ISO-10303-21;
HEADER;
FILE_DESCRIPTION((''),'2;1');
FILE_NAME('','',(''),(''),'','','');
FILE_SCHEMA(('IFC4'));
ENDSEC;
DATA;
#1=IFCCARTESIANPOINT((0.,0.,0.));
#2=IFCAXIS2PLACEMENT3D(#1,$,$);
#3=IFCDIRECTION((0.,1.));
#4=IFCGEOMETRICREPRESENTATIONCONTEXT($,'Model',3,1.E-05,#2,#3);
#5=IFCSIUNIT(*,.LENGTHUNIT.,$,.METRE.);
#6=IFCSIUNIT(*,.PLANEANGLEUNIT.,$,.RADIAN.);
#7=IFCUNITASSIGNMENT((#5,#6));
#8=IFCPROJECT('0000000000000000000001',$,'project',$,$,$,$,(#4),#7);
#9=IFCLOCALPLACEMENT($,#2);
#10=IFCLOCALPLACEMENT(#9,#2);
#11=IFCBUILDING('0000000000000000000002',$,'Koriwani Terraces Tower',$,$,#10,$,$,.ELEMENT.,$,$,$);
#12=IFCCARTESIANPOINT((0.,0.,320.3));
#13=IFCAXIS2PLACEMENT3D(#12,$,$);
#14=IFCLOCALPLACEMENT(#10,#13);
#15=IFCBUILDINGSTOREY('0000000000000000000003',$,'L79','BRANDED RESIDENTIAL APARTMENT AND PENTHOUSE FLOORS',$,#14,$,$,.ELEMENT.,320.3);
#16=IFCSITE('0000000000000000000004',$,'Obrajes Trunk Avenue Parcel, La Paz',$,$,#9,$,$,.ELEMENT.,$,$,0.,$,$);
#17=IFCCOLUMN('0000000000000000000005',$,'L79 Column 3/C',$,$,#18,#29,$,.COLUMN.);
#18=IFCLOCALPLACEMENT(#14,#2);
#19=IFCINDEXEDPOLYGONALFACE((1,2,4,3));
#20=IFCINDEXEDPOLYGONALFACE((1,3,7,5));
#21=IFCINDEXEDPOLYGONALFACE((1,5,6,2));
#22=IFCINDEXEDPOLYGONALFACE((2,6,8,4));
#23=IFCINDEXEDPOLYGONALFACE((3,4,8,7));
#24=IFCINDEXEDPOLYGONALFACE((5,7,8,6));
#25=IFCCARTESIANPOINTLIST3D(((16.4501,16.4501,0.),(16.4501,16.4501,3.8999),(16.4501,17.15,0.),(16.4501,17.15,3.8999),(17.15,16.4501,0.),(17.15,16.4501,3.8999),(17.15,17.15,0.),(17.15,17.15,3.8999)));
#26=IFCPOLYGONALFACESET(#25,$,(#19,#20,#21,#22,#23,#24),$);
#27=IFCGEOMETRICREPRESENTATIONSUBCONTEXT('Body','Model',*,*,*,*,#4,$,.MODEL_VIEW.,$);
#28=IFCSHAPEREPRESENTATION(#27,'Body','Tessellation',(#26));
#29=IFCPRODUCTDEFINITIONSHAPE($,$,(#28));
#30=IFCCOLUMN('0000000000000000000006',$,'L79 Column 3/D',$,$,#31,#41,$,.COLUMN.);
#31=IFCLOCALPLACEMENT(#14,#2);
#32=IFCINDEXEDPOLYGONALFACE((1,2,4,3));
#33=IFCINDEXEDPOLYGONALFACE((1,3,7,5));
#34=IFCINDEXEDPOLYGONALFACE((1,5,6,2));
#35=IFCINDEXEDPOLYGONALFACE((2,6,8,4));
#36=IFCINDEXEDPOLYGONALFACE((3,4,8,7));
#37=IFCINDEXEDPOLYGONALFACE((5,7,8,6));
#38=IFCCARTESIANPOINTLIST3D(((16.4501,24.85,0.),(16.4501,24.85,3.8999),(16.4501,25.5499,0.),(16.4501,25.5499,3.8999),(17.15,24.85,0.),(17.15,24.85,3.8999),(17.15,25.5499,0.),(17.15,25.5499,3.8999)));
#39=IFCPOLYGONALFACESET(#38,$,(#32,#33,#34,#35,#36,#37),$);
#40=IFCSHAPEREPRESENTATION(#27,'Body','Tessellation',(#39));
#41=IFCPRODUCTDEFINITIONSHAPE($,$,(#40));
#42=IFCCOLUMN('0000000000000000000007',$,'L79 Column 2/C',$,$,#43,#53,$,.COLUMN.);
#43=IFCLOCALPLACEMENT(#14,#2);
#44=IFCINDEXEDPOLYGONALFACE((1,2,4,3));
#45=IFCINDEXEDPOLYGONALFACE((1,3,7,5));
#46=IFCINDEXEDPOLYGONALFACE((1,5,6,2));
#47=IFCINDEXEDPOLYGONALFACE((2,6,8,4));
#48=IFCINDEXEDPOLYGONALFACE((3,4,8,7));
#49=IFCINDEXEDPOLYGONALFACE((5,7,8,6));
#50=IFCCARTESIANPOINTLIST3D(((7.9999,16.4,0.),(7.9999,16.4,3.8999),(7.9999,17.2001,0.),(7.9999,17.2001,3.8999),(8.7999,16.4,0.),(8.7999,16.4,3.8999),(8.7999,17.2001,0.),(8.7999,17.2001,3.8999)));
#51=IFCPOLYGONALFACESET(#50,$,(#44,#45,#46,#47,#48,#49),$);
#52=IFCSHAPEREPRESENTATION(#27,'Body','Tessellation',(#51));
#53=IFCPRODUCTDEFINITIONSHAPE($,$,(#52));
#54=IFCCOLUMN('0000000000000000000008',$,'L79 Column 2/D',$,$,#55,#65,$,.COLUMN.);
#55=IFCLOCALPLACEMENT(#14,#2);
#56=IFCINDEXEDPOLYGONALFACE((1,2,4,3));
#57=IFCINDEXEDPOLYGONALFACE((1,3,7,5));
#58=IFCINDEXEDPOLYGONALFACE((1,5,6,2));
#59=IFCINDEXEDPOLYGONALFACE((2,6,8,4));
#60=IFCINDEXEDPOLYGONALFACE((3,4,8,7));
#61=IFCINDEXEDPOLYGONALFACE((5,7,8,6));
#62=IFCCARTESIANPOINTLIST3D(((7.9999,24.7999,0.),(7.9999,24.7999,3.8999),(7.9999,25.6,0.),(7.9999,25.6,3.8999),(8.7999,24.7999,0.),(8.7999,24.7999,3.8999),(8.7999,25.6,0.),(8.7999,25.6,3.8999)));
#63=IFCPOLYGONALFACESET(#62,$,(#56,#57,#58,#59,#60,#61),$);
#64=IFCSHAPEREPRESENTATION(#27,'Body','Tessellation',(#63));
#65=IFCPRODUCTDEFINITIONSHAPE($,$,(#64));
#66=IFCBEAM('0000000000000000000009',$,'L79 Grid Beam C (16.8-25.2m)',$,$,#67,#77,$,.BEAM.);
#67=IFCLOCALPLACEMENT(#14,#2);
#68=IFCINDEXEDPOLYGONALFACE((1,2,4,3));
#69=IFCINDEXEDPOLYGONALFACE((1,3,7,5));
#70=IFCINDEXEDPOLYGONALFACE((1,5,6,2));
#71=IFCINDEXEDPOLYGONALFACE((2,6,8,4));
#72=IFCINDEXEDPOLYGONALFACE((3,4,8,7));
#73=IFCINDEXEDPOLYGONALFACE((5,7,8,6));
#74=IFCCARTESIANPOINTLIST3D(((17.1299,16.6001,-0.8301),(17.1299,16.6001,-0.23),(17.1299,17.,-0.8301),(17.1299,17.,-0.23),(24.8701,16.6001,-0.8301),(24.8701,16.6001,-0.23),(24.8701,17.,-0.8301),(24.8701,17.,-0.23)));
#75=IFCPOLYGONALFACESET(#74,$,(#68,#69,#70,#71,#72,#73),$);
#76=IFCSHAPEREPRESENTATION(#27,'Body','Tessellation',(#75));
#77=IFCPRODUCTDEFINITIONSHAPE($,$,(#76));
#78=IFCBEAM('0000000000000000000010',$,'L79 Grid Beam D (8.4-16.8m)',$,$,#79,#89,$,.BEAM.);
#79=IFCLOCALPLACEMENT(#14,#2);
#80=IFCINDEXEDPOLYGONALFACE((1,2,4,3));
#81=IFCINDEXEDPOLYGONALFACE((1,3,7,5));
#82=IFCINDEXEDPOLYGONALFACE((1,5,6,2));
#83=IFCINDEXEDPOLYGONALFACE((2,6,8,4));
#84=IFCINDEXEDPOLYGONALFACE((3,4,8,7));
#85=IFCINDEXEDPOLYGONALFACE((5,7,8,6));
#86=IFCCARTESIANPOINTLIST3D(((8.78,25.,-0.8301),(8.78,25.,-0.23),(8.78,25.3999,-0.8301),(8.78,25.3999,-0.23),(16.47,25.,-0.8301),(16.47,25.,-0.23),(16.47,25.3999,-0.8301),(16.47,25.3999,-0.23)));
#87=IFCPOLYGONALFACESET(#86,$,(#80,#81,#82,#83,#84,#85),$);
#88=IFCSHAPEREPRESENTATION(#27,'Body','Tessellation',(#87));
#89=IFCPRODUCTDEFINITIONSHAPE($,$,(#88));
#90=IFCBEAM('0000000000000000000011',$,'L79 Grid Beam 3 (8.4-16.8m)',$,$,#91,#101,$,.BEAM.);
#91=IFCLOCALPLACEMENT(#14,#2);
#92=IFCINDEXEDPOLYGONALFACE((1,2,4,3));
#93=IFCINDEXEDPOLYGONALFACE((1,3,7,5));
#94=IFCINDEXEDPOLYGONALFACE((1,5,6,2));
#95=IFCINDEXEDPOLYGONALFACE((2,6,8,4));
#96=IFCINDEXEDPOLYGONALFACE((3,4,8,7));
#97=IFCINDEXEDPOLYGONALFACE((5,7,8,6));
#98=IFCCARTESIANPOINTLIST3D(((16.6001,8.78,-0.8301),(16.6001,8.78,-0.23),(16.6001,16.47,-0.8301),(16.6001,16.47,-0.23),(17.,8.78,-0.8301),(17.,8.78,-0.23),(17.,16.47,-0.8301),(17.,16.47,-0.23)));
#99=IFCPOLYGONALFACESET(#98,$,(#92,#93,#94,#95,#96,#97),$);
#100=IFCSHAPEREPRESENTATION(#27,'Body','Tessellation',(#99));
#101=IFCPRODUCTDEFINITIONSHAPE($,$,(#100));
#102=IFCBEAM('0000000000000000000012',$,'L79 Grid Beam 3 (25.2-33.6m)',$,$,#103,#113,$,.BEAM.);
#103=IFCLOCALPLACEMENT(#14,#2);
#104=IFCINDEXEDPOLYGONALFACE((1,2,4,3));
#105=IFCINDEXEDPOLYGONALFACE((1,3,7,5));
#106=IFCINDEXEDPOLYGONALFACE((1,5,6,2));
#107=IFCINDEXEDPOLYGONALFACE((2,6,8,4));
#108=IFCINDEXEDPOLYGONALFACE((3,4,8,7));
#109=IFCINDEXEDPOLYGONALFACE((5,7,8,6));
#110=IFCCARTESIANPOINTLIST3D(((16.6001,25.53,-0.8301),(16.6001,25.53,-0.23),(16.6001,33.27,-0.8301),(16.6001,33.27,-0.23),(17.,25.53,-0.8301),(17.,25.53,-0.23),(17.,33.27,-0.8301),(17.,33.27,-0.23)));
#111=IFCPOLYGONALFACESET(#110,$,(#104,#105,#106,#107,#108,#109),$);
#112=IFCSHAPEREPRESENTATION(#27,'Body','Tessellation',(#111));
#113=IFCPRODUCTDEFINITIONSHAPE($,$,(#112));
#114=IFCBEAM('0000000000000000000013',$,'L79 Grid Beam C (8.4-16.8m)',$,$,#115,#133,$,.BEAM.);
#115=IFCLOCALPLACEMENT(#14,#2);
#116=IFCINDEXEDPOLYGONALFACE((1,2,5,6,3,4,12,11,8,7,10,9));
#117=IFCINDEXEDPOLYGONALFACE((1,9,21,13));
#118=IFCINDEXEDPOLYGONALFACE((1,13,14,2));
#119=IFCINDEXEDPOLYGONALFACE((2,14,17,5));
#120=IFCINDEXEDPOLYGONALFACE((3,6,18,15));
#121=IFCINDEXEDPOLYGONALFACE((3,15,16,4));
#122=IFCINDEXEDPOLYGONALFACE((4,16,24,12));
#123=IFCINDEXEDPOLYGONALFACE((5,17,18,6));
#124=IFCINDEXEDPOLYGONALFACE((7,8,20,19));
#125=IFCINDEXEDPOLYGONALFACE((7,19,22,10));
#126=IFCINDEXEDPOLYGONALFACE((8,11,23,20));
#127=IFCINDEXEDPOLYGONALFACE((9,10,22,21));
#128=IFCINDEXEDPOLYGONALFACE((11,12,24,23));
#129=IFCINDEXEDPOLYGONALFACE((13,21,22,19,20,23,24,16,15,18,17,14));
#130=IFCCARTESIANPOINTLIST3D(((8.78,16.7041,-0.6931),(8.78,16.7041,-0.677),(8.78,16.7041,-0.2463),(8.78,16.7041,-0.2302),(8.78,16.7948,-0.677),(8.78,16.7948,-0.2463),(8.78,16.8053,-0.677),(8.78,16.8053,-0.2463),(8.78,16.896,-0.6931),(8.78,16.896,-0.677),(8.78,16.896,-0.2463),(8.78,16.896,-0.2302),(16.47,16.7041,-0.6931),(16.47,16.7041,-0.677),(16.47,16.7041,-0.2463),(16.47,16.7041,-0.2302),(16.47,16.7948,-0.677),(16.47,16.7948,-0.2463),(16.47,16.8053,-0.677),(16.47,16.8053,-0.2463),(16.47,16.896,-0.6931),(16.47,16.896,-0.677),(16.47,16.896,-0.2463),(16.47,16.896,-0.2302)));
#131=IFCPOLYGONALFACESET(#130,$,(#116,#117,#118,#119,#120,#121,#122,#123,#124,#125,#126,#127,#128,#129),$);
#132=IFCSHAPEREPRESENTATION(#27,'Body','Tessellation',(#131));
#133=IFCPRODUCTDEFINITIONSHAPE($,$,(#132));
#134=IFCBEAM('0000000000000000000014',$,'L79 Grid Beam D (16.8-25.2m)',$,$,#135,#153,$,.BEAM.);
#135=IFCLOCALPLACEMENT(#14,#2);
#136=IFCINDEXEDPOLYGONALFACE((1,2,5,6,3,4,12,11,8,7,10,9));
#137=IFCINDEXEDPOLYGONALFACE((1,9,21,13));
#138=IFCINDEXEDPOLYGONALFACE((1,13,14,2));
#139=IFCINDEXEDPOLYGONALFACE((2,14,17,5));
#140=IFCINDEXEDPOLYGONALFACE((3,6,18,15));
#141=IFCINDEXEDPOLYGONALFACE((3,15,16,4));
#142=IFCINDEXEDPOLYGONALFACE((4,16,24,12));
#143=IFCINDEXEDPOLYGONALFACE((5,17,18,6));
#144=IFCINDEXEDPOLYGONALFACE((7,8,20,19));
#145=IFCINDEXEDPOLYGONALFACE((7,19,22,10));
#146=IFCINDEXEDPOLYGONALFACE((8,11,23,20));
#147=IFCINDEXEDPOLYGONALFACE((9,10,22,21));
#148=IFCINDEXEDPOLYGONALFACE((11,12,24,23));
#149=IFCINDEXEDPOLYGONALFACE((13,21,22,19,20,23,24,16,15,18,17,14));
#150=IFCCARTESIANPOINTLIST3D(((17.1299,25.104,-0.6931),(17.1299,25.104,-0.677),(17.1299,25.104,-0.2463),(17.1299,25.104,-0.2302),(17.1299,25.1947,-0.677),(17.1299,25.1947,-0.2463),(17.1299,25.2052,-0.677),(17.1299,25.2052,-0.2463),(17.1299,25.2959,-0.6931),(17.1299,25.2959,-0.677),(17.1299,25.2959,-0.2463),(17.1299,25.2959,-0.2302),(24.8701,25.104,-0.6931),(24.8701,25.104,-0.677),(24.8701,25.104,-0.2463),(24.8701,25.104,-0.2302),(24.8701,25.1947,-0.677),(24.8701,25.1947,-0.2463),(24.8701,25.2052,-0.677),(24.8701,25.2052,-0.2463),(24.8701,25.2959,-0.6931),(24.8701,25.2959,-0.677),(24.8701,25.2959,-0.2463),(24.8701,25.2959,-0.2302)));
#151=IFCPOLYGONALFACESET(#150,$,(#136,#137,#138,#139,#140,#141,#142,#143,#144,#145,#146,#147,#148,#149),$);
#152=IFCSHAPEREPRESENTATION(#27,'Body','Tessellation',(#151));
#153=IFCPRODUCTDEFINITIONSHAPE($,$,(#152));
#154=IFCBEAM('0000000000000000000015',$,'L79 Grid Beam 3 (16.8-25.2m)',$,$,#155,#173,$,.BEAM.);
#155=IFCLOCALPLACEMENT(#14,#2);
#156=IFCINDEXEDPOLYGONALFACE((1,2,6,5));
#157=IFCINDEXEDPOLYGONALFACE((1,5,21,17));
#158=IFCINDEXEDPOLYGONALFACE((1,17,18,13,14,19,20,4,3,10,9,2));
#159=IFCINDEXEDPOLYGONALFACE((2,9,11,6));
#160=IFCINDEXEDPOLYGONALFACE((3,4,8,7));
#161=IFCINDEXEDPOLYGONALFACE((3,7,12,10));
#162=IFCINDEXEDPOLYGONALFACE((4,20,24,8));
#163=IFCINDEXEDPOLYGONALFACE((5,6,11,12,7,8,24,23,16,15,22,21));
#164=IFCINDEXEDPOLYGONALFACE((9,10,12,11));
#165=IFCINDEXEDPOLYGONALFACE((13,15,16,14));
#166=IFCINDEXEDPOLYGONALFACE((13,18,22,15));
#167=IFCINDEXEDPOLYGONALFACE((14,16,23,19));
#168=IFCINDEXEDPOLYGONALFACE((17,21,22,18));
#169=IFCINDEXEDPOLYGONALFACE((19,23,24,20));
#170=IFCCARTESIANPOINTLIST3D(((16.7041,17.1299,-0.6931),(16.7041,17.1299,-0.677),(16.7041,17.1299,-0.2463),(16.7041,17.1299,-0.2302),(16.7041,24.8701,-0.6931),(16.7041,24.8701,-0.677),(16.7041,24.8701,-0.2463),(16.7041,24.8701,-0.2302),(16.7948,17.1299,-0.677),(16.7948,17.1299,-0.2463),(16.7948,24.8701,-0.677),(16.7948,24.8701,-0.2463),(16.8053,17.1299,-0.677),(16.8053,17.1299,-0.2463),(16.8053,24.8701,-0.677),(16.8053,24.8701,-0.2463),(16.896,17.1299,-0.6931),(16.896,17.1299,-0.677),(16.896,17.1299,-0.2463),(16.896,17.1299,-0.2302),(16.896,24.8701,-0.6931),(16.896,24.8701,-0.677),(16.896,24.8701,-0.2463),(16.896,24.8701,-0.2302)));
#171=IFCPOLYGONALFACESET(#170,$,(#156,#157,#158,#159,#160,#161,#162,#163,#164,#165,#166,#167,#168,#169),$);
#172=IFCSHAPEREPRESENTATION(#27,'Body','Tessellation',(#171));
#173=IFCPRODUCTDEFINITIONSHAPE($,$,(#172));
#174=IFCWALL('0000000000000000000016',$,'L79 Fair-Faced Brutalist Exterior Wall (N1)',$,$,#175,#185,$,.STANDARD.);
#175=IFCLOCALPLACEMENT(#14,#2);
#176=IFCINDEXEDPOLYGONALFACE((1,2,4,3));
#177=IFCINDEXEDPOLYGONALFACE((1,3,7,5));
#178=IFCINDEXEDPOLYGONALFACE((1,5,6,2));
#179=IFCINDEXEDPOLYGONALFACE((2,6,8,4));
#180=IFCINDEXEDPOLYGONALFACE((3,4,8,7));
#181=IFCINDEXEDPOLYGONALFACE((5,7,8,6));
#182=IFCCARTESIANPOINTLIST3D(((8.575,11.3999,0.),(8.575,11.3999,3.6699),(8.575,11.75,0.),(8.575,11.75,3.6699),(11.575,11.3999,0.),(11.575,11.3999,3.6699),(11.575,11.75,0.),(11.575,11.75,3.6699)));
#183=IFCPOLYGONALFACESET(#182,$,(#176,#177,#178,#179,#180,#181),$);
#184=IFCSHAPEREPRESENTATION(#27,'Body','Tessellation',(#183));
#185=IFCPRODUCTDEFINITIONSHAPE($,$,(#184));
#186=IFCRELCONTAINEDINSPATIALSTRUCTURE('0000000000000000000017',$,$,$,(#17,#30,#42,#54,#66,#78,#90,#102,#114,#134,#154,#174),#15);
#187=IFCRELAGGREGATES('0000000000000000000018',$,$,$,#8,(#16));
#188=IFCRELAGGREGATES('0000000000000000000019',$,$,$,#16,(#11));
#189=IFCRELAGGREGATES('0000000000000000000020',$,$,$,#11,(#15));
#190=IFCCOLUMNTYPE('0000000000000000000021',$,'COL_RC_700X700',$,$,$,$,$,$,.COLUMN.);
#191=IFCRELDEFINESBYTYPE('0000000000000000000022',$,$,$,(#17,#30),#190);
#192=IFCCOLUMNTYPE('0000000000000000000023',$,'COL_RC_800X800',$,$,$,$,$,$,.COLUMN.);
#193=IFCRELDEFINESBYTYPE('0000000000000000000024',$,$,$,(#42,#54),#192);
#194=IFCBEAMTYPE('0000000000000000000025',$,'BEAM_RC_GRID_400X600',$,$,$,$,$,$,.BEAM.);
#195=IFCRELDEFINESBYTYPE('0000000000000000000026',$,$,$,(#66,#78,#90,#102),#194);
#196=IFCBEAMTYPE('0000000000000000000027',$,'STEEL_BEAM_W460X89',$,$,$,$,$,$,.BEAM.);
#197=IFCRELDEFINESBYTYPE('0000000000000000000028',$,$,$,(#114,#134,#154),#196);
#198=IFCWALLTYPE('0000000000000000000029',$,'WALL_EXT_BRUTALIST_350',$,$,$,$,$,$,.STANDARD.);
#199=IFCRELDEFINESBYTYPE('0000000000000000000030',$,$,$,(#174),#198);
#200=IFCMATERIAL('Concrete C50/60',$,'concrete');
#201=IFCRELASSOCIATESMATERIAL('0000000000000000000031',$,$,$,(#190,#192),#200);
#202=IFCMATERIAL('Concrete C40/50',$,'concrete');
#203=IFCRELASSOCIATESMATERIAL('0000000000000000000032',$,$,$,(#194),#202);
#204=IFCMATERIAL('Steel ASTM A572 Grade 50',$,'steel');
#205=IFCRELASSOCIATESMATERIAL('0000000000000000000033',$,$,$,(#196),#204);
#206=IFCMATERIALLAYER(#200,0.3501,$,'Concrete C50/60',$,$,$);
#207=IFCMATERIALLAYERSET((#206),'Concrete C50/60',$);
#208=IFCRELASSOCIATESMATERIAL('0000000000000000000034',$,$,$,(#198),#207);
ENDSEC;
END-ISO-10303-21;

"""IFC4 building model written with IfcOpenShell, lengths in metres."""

from ifc_helpers import new_model, si_unit, direction, frame, frame_2d, origin, origin_2d, place, context, subcontext, project, spatial, rectangle, i_section, extrude, material, layer, layer_set, material_profile, profile_set, type_object, element, save


model = new_model("IFC4")

# Units and contexts
model_context = context("Model", 3, precision=1e-05, world=origin(), true_north=direction((0.0, 1.0)))
body_context = subcontext(model_context, "Body", "Model", "MODEL_VIEW")
ifc_project = project(units=[si_unit("LENGTHUNIT", "METRE"), si_unit("PLANEANGLEUNIT", "RADIAN")], contexts=[model_context])

# Site, building, storey
site_placement = place(None, origin())
site = spatial("IfcSite", under=ifc_project, at=site_placement, Name="Obrajes Trunk Avenue Parcel, La Paz", CompositionType="ELEMENT", RefElevation=0.0)
building_placement = place(site_placement, origin())
building = spatial("IfcBuilding", under=site, at=building_placement, Name="Koriwani Terraces Tower", CompositionType="ELEMENT")
storey_placement = place(building_placement, frame((0.0, 0.0, 320.3)))
storey = spatial("IfcBuildingStorey", under=building, at=storey_placement, Name="L79", Description="BRANDED RESIDENTIAL APARTMENT AND PENTHOUSE FLOORS", CompositionType="ELEMENT", Elevation=320.3)

# Columns
ifc_material_1 = material(Name="Concrete C50/60", Category="concrete")
ifc_material_profile_1 = material_profile(ifc_material_1, rectangle(XDim=0.7, YDim=0.7, at=origin_2d()), Name="Concrete C50/60", Category="LoadBearing")
ifc_profile_set_1 = profile_set([ifc_material_profile_1], Name="Concrete C50/60")
column_type_1 = type_object("IfcColumnType", Name="COL_RC_700X700", PredefinedType="COLUMN", material=ifc_profile_set_1)
for number, where, z_axis, x_axis, name in (
    (1, (16.8, 16.8, 0.0), (0.0, 0.0, 1.0), (1.0, 0.0, 0.0), "L79 Column 3/C"),
    (2, (16.8, 25.2, 0.0), (0.0, 0.0, 1.0), (1.0, 0.0, 0.0), "L79 Column 3/D"),
):
    element("IfcColumn", number, at=place(storey_placement, frame(where, z_axis=z_axis, x_axis=x_axis)), inside=storey, type_object=column_type_1, Name=name, PredefinedType="COLUMN", context=body_context, shape_type="SweptSolid", body=[
        extrude(rectangle(XDim=0.7, YDim=0.7, at=origin_2d()), origin(), (0.0, 0.0, 1.0), 3.8999),
    ])
ifc_material_profile_2 = material_profile(ifc_material_1, rectangle(XDim=0.8, YDim=0.8, at=origin_2d()), Name="Concrete C50/60", Category="LoadBearing")
ifc_profile_set_2 = profile_set([ifc_material_profile_2], Name="Concrete C50/60")
column_type_2 = type_object("IfcColumnType", Name="COL_RC_800X800", PredefinedType="COLUMN", material=ifc_profile_set_2)
for number, where, z_axis, x_axis, name in (
    (3, (8.3999, 16.8, 0.0), (0.0, 0.0, 1.0), (1.0, 0.0, 0.0), "L79 Column 2/C"),
    (4, (8.3999, 25.2, 0.0), (0.0, 0.0, 1.0), (1.0, 0.0, 0.0), "L79 Column 2/D"),
):
    element("IfcColumn", number, at=place(storey_placement, frame(where, z_axis=z_axis, x_axis=x_axis)), inside=storey, type_object=column_type_2, Name=name, PredefinedType="COLUMN", context=body_context, shape_type="SweptSolid", body=[
        extrude(rectangle(XDim=0.8, YDim=0.8, at=origin_2d()), origin(), (0.0, 0.0, 1.0), 3.8999),
    ])

# Beams
ifc_material_2 = material(Name="Concrete C40/50", Category="concrete")
ifc_material_profile_3 = material_profile(ifc_material_2, rectangle(XDim=0.3999, YDim=0.6001, at=origin_2d()), Name="Concrete C40/50", Category="LoadBearing")
ifc_profile_set_3 = profile_set([ifc_material_profile_3], Name="Concrete C40/50")
beam_type_1 = type_object("IfcBeamType", Name="BEAM_RC_GRID_400X600", PredefinedType="BEAM", material=ifc_profile_set_3)
beam_1_placement = place(storey_placement, frame((17.1299, 16.8, -0.53), z_axis=(1.0, 0.0, 0.0), x_axis=(0.0, 1.0, 0.0)))
element("IfcBeam", 5, at=beam_1_placement, inside=storey, type_object=beam_type_1, Name="L79 Grid Beam C (16.8-25.2m)", PredefinedType="BEAM", context=body_context, shape_type="SweptSolid", body=[
    extrude(rectangle(XDim=0.3999, YDim=0.6001, at=origin_2d()), origin(), (0.0, 0.0, 1.0), 7.7402),
])
for number, where, z_axis, x_axis, name in (
    (6, (8.78, 25.2, -0.53), (1.0, 0.0, 0.0), (0.0, 1.0, 0.0), "L79 Grid Beam D (8.4-16.8m)"),
    (7, (16.8, 8.78, -0.53), (0.0, 1.0, 0.0), (-1.0, 0.0, 0.0), "L79 Grid Beam 3 (8.4-16.8m)"),
):
    element("IfcBeam", number, at=place(storey_placement, frame(where, z_axis=z_axis, x_axis=x_axis)), inside=storey, type_object=beam_type_1, Name=name, PredefinedType="BEAM", context=body_context, shape_type="SweptSolid", body=[
        extrude(rectangle(XDim=0.3999, YDim=0.6001, at=origin_2d()), origin(), (0.0, 0.0, 1.0), 7.6899),
    ])
beam_2_placement = place(storey_placement, frame((16.8, 25.53, -0.53), z_axis=(0.0, 1.0, 0.0), x_axis=(-1.0, 0.0, 0.0)))
element("IfcBeam", 8, at=beam_2_placement, inside=storey, type_object=beam_type_1, Name="L79 Grid Beam 3 (25.2-33.6m)", PredefinedType="BEAM", context=body_context, shape_type="SweptSolid", body=[
    extrude(rectangle(XDim=0.3999, YDim=0.6001, at=origin_2d()), origin(), (0.0, 0.0, 1.0), 7.74),
])
ifc_material_3 = material(Name="Steel ASTM A572 Grade 50", Category="steel")
ifc_material_profile_4 = material_profile(ifc_material_3, i_section(OverallWidth=0.1919, OverallDepth=0.4629, WebThickness=0.0105, FlangeThickness=0.0161, at=origin_2d()), Name="Steel ASTM A572 Grade 50", Category="LoadBearing")
ifc_profile_set_4 = profile_set([ifc_material_profile_4], Name="Steel ASTM A572 Grade 50")
beam_type_2 = type_object("IfcBeamType", Name="STEEL_BEAM_W460X89", PredefinedType="BEAM", material=ifc_profile_set_4)
beam_3_placement = place(storey_placement, frame((8.78, 16.8, -0.4617), z_axis=(1.0, 0.0, 0.0), x_axis=(0.0, 1.0, 0.0)))
element("IfcBeam", 9, at=beam_3_placement, inside=storey, type_object=beam_type_2, Name="L79 Grid Beam C (8.4-16.8m)", PredefinedType="BEAM", context=body_context, shape_type="SweptSolid", body=[
    extrude(i_section(OverallWidth=0.1919, OverallDepth=0.4629, WebThickness=0.0105, FlangeThickness=0.0161, at=origin_2d()), origin(), (0.0, 0.0, 1.0), 7.6899),
])
for number, where, z_axis, x_axis, name in (
    (10, (17.1299, 25.2, -0.4617), (1.0, 0.0, 0.0), (0.0, 1.0, 0.0), "L79 Grid Beam D (16.8-25.2m)"),
    (11, (16.8, 17.1299, -0.4617), (0.0, 1.0, 0.0), (-1.0, 0.0, 0.0), "L79 Grid Beam 3 (16.8-25.2m)"),
):
    element("IfcBeam", number, at=place(storey_placement, frame(where, z_axis=z_axis, x_axis=x_axis)), inside=storey, type_object=beam_type_2, Name=name, PredefinedType="BEAM", context=body_context, shape_type="SweptSolid", body=[
        extrude(i_section(OverallWidth=0.1919, OverallDepth=0.4629, WebThickness=0.0105, FlangeThickness=0.0161, at=origin_2d()), origin(), (0.0, 0.0, 1.0), 7.7402),
    ])

# Wall
ifc_layer_1 = layer(ifc_material_1, 0.3501, Name="Concrete C50/60")
ifc_layer_set_1 = layer_set([ifc_layer_1], Name="Concrete C50/60")
wall_type_1 = type_object("IfcWallType", Name="WALL_EXT_BRUTALIST_350", PredefinedType="STANDARD", material=ifc_layer_set_1)
wall_1_placement = place(storey_placement, frame((11.575, 11.575, 0.0), z_axis=(0.0, 0.0, 1.0), x_axis=(-1.0, 0.0, 0.0)))
element("IfcWall", 12, at=wall_1_placement, inside=storey, type_object=wall_type_1, Name="L79 Fair-Faced Brutalist Exterior Wall (N1)", PredefinedType="STANDARD", context=body_context, shape_type="SweptSolid", body=[
    extrude(rectangle(XDim=3.0, YDim=0.3501, at=frame_2d((1.5, 0.0))), origin(), (0.0, 0.0, 1.0), 3.6699),
])

save(model, "model.ifc")
